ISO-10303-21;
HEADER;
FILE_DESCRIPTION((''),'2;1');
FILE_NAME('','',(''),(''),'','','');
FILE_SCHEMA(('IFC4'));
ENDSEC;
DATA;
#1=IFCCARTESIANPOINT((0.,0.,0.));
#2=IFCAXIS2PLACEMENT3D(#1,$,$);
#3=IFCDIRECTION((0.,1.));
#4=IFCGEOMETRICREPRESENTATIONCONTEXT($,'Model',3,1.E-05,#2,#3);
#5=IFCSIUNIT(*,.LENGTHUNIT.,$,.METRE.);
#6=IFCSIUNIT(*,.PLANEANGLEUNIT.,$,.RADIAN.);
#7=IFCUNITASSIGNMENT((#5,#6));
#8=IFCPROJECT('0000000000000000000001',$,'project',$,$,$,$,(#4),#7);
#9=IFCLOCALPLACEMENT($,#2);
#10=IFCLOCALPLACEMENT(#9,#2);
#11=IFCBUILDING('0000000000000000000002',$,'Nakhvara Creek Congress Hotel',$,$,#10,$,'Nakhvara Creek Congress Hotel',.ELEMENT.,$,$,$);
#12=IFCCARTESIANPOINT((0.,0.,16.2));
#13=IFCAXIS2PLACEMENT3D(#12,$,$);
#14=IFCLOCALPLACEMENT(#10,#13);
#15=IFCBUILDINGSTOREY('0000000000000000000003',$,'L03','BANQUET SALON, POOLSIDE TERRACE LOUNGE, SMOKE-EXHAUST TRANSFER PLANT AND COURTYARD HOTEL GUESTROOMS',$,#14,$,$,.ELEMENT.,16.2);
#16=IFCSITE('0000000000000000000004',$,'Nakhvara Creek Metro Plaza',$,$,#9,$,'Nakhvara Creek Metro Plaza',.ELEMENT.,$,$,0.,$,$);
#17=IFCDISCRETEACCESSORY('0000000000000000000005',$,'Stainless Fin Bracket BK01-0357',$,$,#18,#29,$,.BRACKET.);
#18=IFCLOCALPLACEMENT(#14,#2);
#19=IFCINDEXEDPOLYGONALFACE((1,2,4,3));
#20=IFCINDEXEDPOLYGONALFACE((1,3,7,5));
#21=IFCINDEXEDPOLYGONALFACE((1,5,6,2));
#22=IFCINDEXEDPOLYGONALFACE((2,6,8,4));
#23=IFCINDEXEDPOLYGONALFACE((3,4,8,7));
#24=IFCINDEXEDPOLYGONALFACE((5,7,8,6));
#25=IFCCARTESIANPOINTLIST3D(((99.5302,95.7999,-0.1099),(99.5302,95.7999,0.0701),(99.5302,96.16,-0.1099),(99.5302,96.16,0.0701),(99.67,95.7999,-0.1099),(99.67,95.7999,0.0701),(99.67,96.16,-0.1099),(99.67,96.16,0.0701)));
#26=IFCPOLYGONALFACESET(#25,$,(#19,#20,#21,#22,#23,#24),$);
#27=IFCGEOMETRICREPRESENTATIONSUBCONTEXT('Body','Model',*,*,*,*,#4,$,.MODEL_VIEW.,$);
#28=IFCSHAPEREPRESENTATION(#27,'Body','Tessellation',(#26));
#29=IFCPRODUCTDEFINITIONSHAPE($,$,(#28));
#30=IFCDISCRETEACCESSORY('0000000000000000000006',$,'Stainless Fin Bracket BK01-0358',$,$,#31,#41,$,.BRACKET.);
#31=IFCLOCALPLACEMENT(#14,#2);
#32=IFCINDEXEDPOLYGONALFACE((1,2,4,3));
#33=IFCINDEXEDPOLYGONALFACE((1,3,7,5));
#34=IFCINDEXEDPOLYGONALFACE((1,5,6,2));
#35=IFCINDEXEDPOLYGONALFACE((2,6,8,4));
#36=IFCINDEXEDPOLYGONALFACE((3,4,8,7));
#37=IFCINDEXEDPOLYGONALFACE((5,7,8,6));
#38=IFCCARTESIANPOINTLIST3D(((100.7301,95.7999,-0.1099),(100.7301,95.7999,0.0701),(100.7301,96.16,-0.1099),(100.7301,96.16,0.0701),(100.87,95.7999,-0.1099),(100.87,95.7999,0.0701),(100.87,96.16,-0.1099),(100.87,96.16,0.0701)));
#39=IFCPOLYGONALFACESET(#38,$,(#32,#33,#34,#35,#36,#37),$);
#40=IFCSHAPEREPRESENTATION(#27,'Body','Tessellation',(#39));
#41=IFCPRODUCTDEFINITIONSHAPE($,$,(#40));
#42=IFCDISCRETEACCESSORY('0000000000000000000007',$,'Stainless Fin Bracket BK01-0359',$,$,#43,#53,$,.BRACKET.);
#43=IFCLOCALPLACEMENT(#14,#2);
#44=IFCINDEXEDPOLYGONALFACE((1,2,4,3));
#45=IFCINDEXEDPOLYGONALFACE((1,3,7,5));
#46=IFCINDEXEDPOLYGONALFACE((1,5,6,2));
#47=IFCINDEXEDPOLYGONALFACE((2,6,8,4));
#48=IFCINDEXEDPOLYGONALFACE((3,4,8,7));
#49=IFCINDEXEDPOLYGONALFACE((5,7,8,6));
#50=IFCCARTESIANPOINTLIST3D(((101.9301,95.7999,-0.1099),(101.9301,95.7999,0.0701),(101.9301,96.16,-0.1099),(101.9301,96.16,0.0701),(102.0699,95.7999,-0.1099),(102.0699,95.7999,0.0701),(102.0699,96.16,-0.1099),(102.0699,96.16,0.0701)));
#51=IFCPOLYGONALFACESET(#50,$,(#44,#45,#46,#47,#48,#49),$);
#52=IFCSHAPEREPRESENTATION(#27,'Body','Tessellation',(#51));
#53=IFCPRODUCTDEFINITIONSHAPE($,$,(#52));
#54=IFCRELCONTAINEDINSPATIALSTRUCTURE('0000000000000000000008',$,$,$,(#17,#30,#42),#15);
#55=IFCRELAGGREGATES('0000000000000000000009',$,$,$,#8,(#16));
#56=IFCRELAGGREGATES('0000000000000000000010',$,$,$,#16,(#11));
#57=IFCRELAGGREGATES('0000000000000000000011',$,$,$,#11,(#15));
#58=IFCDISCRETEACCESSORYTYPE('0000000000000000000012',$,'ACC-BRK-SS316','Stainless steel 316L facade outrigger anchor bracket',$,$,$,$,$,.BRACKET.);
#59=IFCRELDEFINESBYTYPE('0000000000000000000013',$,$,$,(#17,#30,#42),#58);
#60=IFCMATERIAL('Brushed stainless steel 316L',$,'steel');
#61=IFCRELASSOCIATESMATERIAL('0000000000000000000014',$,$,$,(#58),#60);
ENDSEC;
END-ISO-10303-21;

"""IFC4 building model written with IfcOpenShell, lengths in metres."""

from ifc_helpers import new_model, si_unit, direction, frame, origin, origin_2d, place, context, subcontext, project, spatial, rectangle, extrude, material, type_object, element, save


model = new_model("IFC4")

# Units and contexts
model_context = context("Model", 3, precision=1e-05, world=origin(), true_north=direction((0.0, 1.0)))
body_context = subcontext(model_context, "Body", "Model", "MODEL_VIEW")
ifc_project = project(units=[si_unit("LENGTHUNIT", "METRE"), si_unit("PLANEANGLEUNIT", "RADIAN")], contexts=[model_context])

# Site, building, storey
site_placement = place(None, origin())
site = spatial("IfcSite", under=ifc_project, at=site_placement, Name="Nakhvara Creek Metro Plaza", LongName="Nakhvara Creek Metro Plaza", CompositionType="ELEMENT", RefElevation=0.0)
building_placement = place(site_placement, origin())
building = spatial("IfcBuilding", under=site, at=building_placement, Name="Nakhvara Creek Congress Hotel", LongName="Nakhvara Creek Congress Hotel", CompositionType="ELEMENT")
storey_placement = place(building_placement, frame((0.0, 0.0, 16.2)))
storey = spatial("IfcBuildingStorey", under=building, at=storey_placement, Name="L03", Description="BANQUET SALON, POOLSIDE TERRACE LOUNGE, SMOKE-EXHAUST TRANSFER PLANT AND COURTYARD HOTEL GUESTROOMS", CompositionType="ELEMENT", Elevation=16.2)

# Shared definitions
ifc_material_1 = material(Name="Brushed stainless steel 316L", Category="steel")

# Discrete accessories
discrete_accessory_type = type_object("IfcDiscreteAccessoryType", Name="ACC-BRK-SS316", Description="Stainless steel 316L facade outrigger anchor bracket", PredefinedType="BRACKET", material=ifc_material_1)
for number, where, z_axis, x_axis, name in (
    (1, (99.6001, 95.98, -0.1099), (0.0, 0.0, 1.0), (1.0, 0.0, 0.0), "Stainless Fin Bracket BK01-0357"),
    (2, (100.8, 95.98, -0.1099), (0.0, 0.0, 1.0), (1.0, 0.0, 0.0), "Stainless Fin Bracket BK01-0358"),
    (3, (102.0, 95.98, -0.1099), (0.0, 0.0, 1.0), (1.0, 0.0, 0.0), "Stainless Fin Bracket BK01-0359"),
):
    element("IfcDiscreteAccessory", number, at=place(storey_placement, frame(where, z_axis=z_axis, x_axis=x_axis)), inside=storey, type_object=discrete_accessory_type, Name=name, PredefinedType="BRACKET", context=body_context, shape_type="SweptSolid", body=[
        extrude(rectangle(XDim=0.1399, YDim=0.3601, at=origin_2d()), origin(), (0.0, 0.0, 1.0), 0.1799),
    ])

save(model, "model.ifc")
